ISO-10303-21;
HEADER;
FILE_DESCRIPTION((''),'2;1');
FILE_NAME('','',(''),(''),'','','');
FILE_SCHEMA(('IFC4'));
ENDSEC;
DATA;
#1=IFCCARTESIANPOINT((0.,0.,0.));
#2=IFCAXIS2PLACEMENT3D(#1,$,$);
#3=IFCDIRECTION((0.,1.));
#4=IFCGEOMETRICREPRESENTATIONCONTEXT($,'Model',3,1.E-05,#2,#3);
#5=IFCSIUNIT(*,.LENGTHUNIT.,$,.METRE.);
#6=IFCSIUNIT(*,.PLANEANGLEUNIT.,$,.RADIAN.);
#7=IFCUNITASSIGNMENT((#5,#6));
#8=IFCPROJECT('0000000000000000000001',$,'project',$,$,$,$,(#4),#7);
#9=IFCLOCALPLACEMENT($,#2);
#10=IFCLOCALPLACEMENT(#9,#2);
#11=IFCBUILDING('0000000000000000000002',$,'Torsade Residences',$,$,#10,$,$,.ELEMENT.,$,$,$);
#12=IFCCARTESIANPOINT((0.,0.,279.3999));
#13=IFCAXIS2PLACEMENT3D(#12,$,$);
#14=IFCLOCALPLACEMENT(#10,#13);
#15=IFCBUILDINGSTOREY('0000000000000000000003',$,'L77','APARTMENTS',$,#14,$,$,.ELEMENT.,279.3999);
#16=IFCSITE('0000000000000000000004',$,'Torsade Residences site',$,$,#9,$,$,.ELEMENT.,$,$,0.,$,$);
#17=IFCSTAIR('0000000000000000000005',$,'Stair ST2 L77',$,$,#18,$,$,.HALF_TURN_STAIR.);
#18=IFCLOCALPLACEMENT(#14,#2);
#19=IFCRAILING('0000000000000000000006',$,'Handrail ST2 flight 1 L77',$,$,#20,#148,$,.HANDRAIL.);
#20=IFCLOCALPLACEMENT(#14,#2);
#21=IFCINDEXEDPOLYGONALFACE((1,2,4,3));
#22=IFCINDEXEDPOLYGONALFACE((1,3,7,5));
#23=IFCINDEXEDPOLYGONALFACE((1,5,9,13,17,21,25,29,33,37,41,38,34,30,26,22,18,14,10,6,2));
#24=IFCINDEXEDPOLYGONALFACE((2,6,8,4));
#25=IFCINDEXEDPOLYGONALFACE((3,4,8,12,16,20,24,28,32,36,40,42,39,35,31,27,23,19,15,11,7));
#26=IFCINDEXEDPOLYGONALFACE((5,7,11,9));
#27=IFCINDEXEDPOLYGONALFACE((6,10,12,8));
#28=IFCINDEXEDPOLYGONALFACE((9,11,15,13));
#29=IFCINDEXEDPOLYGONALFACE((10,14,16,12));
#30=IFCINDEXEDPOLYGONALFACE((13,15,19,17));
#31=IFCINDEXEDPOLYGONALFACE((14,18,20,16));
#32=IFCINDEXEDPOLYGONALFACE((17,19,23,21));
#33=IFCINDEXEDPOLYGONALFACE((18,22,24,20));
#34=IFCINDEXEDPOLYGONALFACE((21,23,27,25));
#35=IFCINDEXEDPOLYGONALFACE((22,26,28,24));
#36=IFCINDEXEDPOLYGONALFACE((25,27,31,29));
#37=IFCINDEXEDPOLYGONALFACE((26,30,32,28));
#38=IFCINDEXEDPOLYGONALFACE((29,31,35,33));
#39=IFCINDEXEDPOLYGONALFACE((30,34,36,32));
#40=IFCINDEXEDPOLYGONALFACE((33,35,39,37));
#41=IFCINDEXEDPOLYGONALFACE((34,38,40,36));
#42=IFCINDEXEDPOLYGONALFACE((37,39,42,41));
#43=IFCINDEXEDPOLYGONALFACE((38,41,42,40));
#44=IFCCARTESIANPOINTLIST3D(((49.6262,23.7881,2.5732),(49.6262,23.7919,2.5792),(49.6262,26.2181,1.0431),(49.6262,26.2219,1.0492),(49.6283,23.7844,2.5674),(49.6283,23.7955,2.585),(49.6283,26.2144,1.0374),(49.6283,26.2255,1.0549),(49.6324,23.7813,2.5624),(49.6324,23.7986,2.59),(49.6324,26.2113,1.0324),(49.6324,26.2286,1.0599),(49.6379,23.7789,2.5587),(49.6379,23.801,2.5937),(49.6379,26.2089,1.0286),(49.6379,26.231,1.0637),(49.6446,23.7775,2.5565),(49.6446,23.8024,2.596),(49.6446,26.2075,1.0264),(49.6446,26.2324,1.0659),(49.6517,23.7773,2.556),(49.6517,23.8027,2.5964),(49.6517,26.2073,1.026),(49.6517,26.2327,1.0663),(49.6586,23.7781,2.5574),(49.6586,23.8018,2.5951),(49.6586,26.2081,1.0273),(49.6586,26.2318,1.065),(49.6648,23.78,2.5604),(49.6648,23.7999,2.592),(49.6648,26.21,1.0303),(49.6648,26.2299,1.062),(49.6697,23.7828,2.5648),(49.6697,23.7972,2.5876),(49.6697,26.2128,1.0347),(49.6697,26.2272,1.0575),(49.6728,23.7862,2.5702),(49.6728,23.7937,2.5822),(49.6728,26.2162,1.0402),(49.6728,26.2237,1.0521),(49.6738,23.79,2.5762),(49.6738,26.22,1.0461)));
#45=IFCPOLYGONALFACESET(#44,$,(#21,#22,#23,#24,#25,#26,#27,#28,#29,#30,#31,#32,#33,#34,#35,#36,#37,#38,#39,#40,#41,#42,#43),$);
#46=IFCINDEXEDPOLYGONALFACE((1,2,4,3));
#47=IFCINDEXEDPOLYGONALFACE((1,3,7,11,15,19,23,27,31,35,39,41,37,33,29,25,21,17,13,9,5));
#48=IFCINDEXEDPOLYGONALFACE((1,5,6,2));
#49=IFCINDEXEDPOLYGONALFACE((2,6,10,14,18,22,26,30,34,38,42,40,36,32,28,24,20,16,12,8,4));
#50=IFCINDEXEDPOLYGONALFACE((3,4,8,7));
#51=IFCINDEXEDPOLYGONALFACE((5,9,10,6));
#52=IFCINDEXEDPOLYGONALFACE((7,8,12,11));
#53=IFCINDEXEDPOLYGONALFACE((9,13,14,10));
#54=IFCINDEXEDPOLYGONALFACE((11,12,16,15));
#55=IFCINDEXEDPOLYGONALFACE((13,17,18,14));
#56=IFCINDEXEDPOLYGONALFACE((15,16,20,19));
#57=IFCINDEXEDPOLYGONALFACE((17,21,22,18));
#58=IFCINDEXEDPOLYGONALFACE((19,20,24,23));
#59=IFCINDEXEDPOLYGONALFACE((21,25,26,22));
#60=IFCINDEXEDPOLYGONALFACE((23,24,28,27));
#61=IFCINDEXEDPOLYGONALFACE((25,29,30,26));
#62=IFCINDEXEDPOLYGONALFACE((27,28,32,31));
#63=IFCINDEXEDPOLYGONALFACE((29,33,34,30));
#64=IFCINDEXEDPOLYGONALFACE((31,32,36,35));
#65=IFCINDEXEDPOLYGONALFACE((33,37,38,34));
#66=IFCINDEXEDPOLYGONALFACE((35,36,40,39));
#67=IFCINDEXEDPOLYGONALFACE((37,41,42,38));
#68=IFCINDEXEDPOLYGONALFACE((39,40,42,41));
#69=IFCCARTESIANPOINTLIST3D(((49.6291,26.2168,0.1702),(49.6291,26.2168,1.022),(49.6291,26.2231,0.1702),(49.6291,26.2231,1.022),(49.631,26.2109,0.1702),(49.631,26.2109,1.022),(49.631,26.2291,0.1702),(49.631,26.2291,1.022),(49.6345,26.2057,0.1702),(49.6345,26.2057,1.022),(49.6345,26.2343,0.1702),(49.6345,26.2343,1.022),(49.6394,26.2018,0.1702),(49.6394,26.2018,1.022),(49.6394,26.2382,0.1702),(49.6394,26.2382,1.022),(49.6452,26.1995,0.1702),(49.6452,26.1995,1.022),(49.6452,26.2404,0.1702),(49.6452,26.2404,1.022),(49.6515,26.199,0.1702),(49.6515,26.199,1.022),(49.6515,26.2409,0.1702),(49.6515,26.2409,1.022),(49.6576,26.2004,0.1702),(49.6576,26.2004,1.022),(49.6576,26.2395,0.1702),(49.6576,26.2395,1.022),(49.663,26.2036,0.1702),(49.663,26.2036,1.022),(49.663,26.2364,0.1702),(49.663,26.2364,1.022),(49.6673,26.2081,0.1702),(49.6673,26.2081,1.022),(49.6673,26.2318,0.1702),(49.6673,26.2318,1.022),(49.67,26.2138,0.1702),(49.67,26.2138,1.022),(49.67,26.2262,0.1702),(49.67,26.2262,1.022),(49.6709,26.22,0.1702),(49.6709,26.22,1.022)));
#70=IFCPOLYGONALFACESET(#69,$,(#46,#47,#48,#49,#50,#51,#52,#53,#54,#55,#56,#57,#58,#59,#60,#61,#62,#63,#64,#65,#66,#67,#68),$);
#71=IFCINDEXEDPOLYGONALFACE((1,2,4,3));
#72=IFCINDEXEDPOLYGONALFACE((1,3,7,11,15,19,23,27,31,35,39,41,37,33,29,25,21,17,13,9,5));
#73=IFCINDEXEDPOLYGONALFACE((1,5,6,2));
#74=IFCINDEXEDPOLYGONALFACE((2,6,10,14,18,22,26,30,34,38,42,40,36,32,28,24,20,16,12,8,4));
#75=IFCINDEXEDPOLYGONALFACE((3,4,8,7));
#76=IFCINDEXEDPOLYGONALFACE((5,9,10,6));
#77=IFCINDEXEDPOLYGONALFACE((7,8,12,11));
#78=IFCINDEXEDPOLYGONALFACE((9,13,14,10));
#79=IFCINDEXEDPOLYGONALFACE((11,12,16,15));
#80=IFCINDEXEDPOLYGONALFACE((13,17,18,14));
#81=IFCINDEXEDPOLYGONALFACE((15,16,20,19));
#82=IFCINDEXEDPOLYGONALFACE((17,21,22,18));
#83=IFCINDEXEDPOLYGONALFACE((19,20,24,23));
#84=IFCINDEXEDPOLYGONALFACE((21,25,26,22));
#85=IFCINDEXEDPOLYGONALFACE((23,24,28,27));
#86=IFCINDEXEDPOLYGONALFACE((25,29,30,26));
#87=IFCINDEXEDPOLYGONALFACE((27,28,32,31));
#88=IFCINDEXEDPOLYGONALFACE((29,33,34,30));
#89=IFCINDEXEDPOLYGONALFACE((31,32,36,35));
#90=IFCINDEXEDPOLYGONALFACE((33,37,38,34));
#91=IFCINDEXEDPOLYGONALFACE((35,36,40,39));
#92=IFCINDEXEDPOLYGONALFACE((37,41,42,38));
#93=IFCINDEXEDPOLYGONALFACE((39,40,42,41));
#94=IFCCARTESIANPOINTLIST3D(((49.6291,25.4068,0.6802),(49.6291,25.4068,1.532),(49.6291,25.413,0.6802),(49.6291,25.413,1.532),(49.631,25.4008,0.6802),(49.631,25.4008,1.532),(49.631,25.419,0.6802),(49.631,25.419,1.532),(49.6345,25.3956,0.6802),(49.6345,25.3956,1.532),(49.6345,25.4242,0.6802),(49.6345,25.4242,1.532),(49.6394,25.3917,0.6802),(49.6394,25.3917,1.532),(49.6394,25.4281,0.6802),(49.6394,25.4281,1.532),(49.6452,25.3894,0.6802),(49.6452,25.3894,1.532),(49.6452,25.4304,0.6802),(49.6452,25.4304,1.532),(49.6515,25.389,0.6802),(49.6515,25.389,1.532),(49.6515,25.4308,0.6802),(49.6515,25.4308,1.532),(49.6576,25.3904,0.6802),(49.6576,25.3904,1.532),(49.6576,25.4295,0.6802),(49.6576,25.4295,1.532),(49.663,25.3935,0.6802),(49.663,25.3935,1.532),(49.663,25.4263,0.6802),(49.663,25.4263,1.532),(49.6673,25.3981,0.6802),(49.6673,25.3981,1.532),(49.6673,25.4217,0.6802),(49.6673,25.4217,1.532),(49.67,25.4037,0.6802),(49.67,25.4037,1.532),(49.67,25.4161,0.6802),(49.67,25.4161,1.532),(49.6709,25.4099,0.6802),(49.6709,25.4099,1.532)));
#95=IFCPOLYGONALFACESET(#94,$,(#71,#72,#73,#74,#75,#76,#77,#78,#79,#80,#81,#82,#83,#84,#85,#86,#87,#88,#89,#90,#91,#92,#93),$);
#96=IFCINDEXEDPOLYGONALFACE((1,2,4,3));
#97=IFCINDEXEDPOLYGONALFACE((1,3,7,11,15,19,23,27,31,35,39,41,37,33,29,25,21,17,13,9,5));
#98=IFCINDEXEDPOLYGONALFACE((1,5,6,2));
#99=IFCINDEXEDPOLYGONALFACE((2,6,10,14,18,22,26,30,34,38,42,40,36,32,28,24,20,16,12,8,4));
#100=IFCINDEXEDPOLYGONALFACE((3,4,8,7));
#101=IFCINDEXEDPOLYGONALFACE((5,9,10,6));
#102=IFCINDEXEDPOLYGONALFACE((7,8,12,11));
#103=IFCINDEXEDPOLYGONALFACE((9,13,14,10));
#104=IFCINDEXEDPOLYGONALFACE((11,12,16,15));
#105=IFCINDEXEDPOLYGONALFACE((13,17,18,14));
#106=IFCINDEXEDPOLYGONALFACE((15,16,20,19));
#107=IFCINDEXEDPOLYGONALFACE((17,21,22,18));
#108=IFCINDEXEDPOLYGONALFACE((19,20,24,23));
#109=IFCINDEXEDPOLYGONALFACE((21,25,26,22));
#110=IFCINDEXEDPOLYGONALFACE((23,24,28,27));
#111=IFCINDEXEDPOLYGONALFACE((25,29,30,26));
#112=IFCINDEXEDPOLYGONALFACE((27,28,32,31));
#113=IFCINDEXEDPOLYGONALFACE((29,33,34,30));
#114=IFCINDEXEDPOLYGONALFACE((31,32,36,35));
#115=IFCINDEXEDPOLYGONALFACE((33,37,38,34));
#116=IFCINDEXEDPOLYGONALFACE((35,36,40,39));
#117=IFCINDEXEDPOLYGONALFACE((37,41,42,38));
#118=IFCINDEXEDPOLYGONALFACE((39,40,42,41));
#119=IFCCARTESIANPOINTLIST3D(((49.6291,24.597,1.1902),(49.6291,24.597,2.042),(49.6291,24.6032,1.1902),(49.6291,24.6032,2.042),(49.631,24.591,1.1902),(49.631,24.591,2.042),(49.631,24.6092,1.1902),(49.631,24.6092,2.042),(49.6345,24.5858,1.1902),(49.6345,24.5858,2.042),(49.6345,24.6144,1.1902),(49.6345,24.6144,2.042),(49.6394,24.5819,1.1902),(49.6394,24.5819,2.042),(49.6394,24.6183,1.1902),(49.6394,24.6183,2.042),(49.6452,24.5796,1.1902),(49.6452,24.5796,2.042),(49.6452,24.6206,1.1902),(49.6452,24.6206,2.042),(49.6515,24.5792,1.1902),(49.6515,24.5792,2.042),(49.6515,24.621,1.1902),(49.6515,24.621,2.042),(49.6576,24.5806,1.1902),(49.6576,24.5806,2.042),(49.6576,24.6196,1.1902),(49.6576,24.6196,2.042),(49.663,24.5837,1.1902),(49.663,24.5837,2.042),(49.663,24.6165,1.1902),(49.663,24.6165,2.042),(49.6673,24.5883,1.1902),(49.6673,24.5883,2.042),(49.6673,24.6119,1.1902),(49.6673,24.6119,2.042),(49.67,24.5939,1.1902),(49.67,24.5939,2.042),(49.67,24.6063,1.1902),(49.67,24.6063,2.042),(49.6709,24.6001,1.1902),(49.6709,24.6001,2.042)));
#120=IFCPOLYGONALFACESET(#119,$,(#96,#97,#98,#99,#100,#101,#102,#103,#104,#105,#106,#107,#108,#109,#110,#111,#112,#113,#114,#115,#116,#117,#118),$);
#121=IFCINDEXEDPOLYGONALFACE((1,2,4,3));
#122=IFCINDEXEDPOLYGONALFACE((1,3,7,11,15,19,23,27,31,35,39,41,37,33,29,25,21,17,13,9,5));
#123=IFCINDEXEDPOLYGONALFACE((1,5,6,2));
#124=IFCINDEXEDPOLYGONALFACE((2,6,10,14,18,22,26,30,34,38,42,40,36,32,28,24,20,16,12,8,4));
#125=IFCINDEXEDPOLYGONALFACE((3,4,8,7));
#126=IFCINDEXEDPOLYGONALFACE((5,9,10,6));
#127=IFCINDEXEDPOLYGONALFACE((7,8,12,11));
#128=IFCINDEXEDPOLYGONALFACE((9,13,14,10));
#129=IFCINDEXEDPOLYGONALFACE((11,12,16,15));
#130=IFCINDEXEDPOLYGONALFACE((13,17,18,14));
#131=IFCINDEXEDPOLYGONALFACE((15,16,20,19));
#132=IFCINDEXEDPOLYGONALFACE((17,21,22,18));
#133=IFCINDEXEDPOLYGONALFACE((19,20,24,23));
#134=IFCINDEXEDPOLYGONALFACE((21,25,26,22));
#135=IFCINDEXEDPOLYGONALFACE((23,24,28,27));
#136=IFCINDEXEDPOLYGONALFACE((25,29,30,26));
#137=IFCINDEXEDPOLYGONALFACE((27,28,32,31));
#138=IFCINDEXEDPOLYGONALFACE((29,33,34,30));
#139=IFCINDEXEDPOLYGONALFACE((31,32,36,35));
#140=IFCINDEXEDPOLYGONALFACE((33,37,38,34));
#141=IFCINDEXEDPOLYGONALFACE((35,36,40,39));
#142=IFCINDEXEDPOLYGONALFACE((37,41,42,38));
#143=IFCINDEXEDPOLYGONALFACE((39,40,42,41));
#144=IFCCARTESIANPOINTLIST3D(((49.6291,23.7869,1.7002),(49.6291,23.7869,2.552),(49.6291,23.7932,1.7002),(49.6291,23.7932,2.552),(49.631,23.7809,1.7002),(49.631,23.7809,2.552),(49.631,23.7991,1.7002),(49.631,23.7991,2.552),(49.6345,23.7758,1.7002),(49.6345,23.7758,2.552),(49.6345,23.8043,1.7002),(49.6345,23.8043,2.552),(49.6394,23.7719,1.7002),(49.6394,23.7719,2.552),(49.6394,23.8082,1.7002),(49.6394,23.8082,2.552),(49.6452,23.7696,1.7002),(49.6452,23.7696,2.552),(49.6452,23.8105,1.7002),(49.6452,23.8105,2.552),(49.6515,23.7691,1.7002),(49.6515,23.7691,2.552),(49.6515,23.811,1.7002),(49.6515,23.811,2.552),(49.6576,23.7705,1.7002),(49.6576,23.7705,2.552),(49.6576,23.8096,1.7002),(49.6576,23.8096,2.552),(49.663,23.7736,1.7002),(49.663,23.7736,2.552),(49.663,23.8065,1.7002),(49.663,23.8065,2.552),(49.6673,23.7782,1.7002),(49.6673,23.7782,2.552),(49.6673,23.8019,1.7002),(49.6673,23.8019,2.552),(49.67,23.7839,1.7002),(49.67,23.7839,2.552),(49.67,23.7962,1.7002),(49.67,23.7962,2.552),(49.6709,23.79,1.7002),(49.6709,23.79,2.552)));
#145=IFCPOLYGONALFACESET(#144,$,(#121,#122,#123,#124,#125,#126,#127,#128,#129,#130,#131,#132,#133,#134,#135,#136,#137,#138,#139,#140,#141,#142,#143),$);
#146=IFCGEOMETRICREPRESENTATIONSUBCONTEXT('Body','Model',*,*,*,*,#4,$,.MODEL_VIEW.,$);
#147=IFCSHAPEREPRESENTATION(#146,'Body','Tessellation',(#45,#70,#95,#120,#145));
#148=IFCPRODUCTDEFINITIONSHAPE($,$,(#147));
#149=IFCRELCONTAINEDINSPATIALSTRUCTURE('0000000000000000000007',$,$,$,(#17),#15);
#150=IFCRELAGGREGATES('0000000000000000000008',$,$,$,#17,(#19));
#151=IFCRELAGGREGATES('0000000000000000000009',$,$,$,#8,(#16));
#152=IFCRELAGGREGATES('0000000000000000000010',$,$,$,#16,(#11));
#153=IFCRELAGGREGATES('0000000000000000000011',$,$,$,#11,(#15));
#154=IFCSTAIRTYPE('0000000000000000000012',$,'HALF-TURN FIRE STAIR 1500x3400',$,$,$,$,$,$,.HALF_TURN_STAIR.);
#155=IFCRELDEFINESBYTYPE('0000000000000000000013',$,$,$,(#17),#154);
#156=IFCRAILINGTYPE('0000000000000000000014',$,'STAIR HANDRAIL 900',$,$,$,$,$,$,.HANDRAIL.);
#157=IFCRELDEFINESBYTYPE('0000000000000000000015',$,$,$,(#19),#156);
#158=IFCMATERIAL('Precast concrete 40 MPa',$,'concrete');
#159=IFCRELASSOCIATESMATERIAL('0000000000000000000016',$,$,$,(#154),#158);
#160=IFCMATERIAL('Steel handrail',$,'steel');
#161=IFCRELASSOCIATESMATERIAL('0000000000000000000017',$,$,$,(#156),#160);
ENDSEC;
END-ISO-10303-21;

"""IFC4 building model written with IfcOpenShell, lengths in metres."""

from ifc_helpers import new_model, si_unit, direction, frame, origin, origin_2d, place, context, subcontext, project, spatial, circle, extrude, material, type_object, element, aggregate, save


model = new_model("IFC4")

# Units and contexts
model_context = context("Model", 3, precision=1e-05, world=origin(), true_north=direction((0.0, 1.0)))
body_context = subcontext(model_context, "Body", "Model", "MODEL_VIEW")
ifc_project = project(units=[si_unit("LENGTHUNIT", "METRE"), si_unit("PLANEANGLEUNIT", "RADIAN")], contexts=[model_context])

# Site, building, storey
site_placement = place(None, origin())
site = spatial("IfcSite", under=ifc_project, at=site_placement, Name="Torsade Residences site", CompositionType="ELEMENT", RefElevation=0.0)
building_placement = place(site_placement, origin())
building = spatial("IfcBuilding", under=site, at=building_placement, Name="Torsade Residences", CompositionType="ELEMENT")
storey_placement = place(building_placement, frame((0.0, 0.0, 279.3999)))
storey = spatial("IfcBuildingStorey", under=building, at=storey_placement, Name="L77", Description="APARTMENTS", CompositionType="ELEMENT", Elevation=279.3999)

# Stair, railing
ifc_material_1 = material(Name="Precast concrete 40 MPa", Category="concrete")
stair_type = type_object("IfcStairType", Name="HALF-TURN FIRE STAIR 1500x3400", PredefinedType="HALF_TURN_STAIR", material=ifc_material_1)
stair_placement = place(storey_placement, origin())
stair = element("IfcStair", 1, at=stair_placement, inside=storey, type_object=stair_type, Name="Stair ST2 L77", PredefinedType="HALF_TURN_STAIR")
ifc_material_2 = material(Name="Steel handrail", Category="steel")
railing_type = type_object("IfcRailingType", Name="STAIR HANDRAIL 900", PredefinedType="HANDRAIL", material=ifc_material_2)
railing_1_placement = place(storey_placement, frame((49.6499, 26.22, 0.1702)))
railing_1 = element("IfcRailing", 2, at=railing_1_placement, type_object=railing_type, Name="Handrail ST2 flight 1 L77", PredefinedType="HANDRAIL", context=body_context, shape_type="SweptSolid", body=[
    extrude(circle(Radius=0.0239, at=origin_2d()), frame((0.0, 0.0, 0.876), z_axis=(0.0, -0.846221, 0.532831), x_axis=(1.0, 0.0, 0.0)), (0.0, 0.0, 1.0), 2.8716),
    extrude(circle(Radius=0.021, at=origin_2d()), origin(), (0.0, 0.0, 1.0), 0.8518),
    extrude(circle(Radius=0.021, at=origin_2d()), frame((0.0, -0.8101, 0.51)), (0.0, 0.0, 1.0), 0.8518),
    extrude(circle(Radius=0.021, at=origin_2d()), frame((0.0, -1.6199, 1.02)), (0.0, 0.0, 1.0), 0.8518),
    extrude(circle(Radius=0.021, at=origin_2d()), frame((0.0, -2.4299, 1.53)), (0.0, 0.0, 1.0), 0.8518),
])
aggregate(stair, [railing_1])

save(model, "model.ifc")
